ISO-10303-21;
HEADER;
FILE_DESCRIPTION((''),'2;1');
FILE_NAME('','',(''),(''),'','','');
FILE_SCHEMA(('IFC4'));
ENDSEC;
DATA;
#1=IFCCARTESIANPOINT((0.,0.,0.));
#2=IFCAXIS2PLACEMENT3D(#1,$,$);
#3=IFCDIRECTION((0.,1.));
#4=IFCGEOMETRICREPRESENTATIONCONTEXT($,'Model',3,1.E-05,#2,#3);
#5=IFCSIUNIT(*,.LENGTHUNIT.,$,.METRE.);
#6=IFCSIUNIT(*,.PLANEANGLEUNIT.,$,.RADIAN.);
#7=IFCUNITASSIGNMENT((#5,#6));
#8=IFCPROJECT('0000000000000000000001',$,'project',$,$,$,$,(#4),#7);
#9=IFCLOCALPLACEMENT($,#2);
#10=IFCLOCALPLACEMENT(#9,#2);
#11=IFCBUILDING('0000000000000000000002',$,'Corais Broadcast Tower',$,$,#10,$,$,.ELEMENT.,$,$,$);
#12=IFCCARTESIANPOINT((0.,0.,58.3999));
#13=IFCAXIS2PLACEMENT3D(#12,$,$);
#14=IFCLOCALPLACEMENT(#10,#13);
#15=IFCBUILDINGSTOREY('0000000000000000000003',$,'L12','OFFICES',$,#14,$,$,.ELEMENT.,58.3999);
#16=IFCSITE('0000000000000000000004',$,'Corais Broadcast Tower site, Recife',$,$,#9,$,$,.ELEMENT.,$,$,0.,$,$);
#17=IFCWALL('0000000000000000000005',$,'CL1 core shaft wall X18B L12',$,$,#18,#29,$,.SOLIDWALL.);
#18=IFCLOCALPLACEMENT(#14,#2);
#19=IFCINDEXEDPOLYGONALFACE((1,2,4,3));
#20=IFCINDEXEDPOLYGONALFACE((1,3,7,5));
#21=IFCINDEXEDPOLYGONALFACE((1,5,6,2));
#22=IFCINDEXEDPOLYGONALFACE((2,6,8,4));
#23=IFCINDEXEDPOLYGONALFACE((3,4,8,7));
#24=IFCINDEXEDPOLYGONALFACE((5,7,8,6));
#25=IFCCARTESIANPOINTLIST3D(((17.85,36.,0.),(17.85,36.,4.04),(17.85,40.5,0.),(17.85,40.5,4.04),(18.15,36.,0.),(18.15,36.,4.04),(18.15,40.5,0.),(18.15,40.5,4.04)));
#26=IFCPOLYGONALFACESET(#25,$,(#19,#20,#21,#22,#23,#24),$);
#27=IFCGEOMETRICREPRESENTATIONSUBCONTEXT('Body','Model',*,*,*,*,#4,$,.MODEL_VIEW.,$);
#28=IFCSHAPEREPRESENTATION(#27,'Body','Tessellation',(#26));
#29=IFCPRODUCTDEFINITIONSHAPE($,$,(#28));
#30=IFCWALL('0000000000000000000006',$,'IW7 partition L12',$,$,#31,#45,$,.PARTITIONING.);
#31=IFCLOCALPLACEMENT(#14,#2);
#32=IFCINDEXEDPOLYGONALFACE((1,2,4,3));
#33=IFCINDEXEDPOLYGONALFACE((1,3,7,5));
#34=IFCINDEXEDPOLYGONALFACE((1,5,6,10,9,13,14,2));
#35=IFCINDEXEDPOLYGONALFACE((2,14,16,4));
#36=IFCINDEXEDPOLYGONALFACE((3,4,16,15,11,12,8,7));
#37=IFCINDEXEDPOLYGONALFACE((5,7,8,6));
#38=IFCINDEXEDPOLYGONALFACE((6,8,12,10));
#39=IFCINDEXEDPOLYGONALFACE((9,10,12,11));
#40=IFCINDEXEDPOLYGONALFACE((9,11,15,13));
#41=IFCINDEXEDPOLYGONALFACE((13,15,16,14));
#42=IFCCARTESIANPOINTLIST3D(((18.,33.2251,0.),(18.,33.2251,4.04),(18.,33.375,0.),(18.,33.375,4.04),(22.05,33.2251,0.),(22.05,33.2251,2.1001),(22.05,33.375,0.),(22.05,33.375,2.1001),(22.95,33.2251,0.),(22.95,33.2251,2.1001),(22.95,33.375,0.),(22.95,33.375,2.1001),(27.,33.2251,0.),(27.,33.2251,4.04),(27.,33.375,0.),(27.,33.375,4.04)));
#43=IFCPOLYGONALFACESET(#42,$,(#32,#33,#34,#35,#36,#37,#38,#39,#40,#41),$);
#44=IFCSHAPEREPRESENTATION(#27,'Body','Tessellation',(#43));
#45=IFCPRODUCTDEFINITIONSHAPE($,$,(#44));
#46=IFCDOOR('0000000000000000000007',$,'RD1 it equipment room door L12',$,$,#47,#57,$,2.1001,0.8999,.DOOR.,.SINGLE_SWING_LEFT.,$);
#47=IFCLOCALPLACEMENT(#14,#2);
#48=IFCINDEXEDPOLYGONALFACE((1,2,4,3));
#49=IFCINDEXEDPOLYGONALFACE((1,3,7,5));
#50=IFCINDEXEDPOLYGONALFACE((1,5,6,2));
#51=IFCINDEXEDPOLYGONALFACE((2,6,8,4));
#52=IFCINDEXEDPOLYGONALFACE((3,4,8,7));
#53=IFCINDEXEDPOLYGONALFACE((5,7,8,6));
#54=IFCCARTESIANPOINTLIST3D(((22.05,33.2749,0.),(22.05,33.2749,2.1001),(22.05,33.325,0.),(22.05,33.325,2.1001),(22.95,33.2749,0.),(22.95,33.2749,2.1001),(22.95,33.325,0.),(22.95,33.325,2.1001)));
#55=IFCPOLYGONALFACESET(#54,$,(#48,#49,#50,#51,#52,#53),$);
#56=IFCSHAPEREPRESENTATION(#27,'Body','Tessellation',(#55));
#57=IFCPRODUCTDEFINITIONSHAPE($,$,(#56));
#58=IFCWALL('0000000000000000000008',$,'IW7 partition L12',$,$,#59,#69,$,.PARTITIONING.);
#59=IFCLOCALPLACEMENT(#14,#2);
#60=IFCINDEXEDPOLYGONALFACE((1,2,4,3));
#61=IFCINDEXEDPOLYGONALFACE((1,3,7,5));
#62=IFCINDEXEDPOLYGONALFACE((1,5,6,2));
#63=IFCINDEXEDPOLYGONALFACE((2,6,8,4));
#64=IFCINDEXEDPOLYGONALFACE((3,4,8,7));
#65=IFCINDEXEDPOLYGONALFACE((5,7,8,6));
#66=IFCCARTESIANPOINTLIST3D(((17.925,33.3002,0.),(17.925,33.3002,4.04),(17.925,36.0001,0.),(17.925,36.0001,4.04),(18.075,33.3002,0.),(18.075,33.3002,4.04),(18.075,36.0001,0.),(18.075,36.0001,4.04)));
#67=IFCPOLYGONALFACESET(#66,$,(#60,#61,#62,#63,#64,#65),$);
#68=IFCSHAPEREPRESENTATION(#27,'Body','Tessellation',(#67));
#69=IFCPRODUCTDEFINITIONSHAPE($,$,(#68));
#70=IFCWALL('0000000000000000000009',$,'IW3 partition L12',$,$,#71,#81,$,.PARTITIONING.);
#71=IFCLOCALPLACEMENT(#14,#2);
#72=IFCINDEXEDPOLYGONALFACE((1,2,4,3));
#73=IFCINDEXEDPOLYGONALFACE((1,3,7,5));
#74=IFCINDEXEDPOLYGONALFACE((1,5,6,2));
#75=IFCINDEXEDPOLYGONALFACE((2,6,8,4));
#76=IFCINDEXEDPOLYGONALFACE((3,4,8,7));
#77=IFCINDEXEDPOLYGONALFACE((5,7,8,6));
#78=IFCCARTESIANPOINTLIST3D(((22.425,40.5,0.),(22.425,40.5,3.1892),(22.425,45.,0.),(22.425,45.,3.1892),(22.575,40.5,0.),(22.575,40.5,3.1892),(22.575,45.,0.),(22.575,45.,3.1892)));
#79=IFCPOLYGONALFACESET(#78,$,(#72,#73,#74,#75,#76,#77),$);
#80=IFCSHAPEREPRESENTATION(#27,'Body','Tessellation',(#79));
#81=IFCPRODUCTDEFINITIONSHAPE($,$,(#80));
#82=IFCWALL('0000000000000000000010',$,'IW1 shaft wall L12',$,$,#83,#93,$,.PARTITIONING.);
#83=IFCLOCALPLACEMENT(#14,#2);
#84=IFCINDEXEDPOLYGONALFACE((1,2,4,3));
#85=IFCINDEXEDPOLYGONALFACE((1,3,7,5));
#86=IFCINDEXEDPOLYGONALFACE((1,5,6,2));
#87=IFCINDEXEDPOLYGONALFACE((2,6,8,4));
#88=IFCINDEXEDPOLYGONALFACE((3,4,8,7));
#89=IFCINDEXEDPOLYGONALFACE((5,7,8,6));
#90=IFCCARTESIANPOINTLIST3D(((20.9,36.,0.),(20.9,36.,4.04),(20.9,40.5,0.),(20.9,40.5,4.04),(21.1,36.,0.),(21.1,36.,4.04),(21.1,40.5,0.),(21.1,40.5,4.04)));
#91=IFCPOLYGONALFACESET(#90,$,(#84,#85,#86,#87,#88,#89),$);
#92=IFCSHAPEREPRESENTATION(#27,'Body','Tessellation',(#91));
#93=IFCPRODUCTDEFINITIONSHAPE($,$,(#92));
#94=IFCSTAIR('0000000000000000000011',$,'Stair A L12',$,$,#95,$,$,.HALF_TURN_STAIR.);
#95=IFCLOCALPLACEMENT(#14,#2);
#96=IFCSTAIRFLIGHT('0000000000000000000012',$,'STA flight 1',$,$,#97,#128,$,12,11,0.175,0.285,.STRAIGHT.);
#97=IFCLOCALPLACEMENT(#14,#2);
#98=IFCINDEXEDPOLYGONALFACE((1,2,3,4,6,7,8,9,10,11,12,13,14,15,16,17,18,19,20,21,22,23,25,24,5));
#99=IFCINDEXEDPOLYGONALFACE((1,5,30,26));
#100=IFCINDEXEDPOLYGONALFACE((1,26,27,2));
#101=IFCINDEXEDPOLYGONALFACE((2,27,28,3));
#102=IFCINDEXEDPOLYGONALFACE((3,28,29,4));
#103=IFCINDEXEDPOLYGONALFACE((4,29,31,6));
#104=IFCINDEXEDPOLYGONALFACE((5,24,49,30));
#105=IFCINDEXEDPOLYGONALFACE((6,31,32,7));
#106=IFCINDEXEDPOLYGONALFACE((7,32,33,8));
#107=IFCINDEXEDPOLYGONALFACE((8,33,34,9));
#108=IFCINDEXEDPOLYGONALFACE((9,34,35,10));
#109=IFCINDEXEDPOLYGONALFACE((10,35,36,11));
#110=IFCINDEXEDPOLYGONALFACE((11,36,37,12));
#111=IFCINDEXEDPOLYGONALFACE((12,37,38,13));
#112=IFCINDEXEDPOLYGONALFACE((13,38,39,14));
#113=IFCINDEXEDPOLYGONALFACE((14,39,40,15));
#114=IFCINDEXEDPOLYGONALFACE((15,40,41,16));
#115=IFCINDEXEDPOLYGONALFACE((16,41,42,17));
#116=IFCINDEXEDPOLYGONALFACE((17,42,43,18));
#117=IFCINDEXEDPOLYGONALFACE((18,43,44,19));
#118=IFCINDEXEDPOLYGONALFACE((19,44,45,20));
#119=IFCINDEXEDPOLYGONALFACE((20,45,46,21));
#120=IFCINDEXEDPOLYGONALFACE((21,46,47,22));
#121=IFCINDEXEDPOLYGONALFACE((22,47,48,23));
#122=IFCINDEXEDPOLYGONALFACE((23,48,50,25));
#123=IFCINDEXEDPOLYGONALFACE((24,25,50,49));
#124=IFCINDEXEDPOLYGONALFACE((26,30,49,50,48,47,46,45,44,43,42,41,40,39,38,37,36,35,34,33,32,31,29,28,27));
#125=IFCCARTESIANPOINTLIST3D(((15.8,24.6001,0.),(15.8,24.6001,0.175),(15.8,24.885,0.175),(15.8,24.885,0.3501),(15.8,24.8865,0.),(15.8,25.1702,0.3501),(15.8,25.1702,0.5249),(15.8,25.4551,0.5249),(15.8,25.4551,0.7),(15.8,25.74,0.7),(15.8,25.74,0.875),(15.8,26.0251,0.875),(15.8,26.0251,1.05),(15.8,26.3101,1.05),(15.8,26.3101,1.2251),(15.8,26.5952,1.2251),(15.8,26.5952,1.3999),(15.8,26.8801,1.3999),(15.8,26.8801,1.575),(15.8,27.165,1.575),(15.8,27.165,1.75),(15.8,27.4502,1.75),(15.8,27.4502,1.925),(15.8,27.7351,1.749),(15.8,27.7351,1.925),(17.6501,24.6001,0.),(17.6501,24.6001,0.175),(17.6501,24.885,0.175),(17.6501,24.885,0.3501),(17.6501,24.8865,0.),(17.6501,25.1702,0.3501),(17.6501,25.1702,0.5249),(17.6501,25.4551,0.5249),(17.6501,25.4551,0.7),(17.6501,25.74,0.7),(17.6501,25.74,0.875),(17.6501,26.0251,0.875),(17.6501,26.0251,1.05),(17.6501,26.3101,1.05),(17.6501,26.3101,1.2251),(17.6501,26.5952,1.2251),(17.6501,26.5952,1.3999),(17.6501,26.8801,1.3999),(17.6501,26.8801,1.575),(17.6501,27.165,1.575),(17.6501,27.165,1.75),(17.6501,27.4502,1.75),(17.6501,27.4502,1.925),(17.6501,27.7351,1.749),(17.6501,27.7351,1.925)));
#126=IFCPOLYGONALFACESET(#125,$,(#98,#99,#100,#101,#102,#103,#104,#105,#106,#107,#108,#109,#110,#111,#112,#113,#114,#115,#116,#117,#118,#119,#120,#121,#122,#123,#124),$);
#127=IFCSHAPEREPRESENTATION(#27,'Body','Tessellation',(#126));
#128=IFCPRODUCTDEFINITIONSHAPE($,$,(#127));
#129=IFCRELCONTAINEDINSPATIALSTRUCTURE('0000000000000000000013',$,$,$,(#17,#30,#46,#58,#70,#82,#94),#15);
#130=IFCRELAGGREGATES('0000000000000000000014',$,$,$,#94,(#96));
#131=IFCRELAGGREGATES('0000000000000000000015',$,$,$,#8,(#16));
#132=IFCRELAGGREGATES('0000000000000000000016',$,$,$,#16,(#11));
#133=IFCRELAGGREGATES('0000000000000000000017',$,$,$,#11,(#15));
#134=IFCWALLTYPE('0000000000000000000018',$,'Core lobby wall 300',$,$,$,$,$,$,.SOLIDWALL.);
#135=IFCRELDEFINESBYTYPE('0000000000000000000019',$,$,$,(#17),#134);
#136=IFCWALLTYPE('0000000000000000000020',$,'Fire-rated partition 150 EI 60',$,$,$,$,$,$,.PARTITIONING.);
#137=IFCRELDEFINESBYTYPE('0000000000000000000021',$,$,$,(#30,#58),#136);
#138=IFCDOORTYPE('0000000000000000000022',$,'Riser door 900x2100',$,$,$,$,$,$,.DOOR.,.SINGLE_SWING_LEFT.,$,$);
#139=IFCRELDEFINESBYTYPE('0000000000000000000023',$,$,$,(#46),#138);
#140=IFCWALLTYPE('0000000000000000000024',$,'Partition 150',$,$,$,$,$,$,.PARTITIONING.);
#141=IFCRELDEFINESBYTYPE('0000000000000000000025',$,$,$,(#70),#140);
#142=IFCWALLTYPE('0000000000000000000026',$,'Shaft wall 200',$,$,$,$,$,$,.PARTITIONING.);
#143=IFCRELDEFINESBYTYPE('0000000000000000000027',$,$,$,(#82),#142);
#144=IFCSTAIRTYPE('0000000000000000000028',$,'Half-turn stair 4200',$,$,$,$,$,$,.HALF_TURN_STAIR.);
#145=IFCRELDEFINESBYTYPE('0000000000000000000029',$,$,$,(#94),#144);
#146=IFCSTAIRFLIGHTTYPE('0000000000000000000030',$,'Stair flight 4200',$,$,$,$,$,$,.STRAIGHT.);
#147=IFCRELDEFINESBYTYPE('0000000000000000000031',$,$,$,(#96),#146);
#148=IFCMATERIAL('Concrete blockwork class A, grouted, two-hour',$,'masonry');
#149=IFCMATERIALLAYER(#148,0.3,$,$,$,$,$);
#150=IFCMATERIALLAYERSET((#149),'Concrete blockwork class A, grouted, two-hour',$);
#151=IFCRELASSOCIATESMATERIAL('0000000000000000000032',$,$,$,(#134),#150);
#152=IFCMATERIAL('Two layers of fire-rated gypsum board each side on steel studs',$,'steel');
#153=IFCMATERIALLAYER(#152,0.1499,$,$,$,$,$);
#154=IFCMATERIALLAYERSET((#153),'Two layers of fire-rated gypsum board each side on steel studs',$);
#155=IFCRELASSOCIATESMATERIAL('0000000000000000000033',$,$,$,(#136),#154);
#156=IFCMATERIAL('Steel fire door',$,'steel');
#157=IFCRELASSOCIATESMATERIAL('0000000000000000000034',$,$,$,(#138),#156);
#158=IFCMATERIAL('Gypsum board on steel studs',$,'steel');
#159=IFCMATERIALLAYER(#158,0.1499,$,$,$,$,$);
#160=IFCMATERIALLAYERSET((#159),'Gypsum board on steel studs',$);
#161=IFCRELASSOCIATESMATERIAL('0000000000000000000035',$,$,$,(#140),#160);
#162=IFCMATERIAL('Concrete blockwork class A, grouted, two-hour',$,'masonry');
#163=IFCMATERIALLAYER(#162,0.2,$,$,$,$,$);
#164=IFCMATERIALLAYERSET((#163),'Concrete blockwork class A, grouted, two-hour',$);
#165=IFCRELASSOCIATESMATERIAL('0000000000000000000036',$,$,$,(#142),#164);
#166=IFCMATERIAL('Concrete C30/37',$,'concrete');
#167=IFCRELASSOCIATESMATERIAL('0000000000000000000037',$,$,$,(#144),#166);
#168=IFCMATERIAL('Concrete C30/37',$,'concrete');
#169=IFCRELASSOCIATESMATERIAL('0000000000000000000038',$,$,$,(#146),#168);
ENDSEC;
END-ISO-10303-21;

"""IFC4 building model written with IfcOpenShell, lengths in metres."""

from ifc_helpers import new_model, si_unit, direction, frame, frame_2d, origin, place, context, subcontext, project, spatial, polyline, rectangle, outline, extrude, material, layer, layer_set, type_object, element, fill, aggregate, save


model = new_model("IFC4")

# Units and contexts
model_context = context("Model", 3, precision=1e-05, world=origin(), true_north=direction((0.0, 1.0)))
body_context = subcontext(model_context, "Body", "Model", "MODEL_VIEW")
ifc_project = project(units=[si_unit("LENGTHUNIT", "METRE"), si_unit("PLANEANGLEUNIT", "RADIAN")], contexts=[model_context])

# Site, building, storey
site_placement = place(None, origin())
site = spatial("IfcSite", under=ifc_project, at=site_placement, Name="Corais Broadcast Tower site, Recife", CompositionType="ELEMENT", RefElevation=0.0)
building_placement = place(site_placement, origin())
building = spatial("IfcBuilding", under=site, at=building_placement, Name="Corais Broadcast Tower", CompositionType="ELEMENT")
storey_placement = place(building_placement, frame((0.0, 0.0, 58.3999)))
storey = spatial("IfcBuildingStorey", under=building, at=storey_placement, Name="L12", Description="OFFICES", CompositionType="ELEMENT", Elevation=58.3999)

# Wall
ifc_material_1 = material(Name="Concrete blockwork class A, grouted, two-hour", Category="masonry")
ifc_layer_1 = layer(ifc_material_1, 0.3)
ifc_layer_set_1 = layer_set([ifc_layer_1], Name="Concrete blockwork class A, grouted, two-hour")
wall_type_1 = type_object("IfcWallType", Name="Core lobby wall 300", PredefinedType="SOLIDWALL", material=ifc_layer_set_1)
wall_1_placement = place(storey_placement, frame((18.0, 36.0, 0.0), z_axis=(0.0, 0.0, 1.0), x_axis=(0.0, 1.0, 0.0)))
element("IfcWall", 1, at=wall_1_placement, inside=storey, type_object=wall_type_1, Name="CL1 core shaft wall X18B L12", PredefinedType="SOLIDWALL", context=body_context, shape_type="SweptSolid", body=[
    extrude(rectangle(XDim=4.5, YDim=0.3, at=frame_2d((2.25, 0.0))), origin(), (0.0, 0.0, 1.0), 4.04),
])

# Wall, opening, door
ifc_material_2 = material(Name="Two layers of fire-rated gypsum board each side on steel studs", Category="steel")
ifc_layer_2 = layer(ifc_material_2, 0.1499)
ifc_layer_set_2 = layer_set([ifc_layer_2], Name="Two layers of fire-rated gypsum board each side on steel studs")
wall_type_2 = type_object("IfcWallType", Name="Fire-rated partition 150 EI 60", PredefinedType="PARTITIONING", material=ifc_layer_set_2)
wall_2_placement = place(storey_placement, frame((18.0, 33.3, 0.0), z_axis=(0.0, 0.0, 1.0), x_axis=(1.0, 0.0, 0.0)))
wall_2 = element("IfcWall", 2, at=wall_2_placement, inside=storey, type_object=wall_type_2, Name="IW7 partition L12", PredefinedType="PARTITIONING", context=body_context, shape_type="SweptSolid", body=[
    extrude(rectangle(XDim=9.0, YDim=0.1499, at=frame_2d((4.5, 0.0))), origin(), (0.0, 0.0, 1.0), 4.04),
])
opening_placement = place(wall_2_placement, frame((4.05, 0.0, 0.0)))
opening = element("IfcOpeningElement", 3, at=opening_placement, cuts=wall_2, PredefinedType="OPENING", context=body_context, shape_type="SweptSolid", body=[
    extrude(rectangle(XDim=0.8999, YDim=2.1001, at=frame_2d((0.45, 1.05))), frame((0.0, 0.085, 0.0), z_axis=(0.0, -1.0, 0.0), x_axis=(1.0, 0.0, 0.0)), (0.0, 0.0, 1.0), 0.1699),
])
ifc_material_3 = material(Name="Steel fire door", Category="steel")
door_type = type_object("IfcDoorType", Name="Riser door 900x2100", OperationType="SINGLE_SWING_LEFT", PredefinedType="DOOR", material=ifc_material_3)
door_placement = place(opening_placement, origin())
door = element("IfcDoor", 4, at=door_placement, inside=storey, type_object=door_type, Name="RD1 it equipment room door L12", OperationType="SINGLE_SWING_LEFT", OverallHeight=2.1001, OverallWidth=0.8999, PredefinedType="DOOR", context=body_context, shape_type="SweptSolid", body=[
    extrude(rectangle(XDim=0.8999, YDim=2.1001, at=frame_2d((0.45, 1.05))), frame((0.0, 0.0249, 0.0), z_axis=(0.0, -1.0, 0.0), x_axis=(1.0, 0.0, 0.0)), (0.0, 0.0, 1.0), 0.05),
])
fill(opening, door)

# Walls
wall_3_placement = place(storey_placement, frame((18.0, 33.3, 0.0), z_axis=(0.0, 0.0, 1.0), x_axis=(0.0, 1.0, 0.0)))
element("IfcWall", 5, at=wall_3_placement, inside=storey, type_object=wall_type_2, Name="IW7 partition L12", PredefinedType="PARTITIONING", context=body_context, shape_type="SweptSolid", body=[
    extrude(rectangle(XDim=2.7, YDim=0.1499, at=frame_2d((1.3501, 0.0))), origin(), (0.0, 0.0, 1.0), 4.04),
])
ifc_material_4 = material(Name="Gypsum board on steel studs", Category="steel")
ifc_layer_3 = layer(ifc_material_4, 0.1499)
ifc_layer_set_3 = layer_set([ifc_layer_3], Name="Gypsum board on steel studs")
wall_type_3 = type_object("IfcWallType", Name="Partition 150", PredefinedType="PARTITIONING", material=ifc_layer_set_3)
wall_4_placement = place(storey_placement, frame((22.5, 40.5, 0.0), z_axis=(0.0, 0.0, 1.0), x_axis=(0.0, 1.0, 0.0)))
element("IfcWall", 6, at=wall_4_placement, inside=storey, type_object=wall_type_3, Name="IW3 partition L12", PredefinedType="PARTITIONING", context=body_context, shape_type="SweptSolid", body=[
    extrude(rectangle(XDim=4.5, YDim=0.1499, at=frame_2d((2.25, 0.0))), origin(), (0.0, 0.0, 1.0), 3.1892),
])
ifc_material_5 = material(Name="Concrete blockwork class A, grouted, two-hour", Category="masonry")
ifc_layer_4 = layer(ifc_material_5, 0.2)
ifc_layer_set_4 = layer_set([ifc_layer_4], Name="Concrete blockwork class A, grouted, two-hour")
wall_type_4 = type_object("IfcWallType", Name="Shaft wall 200", PredefinedType="PARTITIONING", material=ifc_layer_set_4)
wall_5_placement = place(storey_placement, frame((21.0, 36.0, 0.0), z_axis=(0.0, 0.0, 1.0), x_axis=(0.0, 1.0, 0.0)))
element("IfcWall", 7, at=wall_5_placement, inside=storey, type_object=wall_type_4, Name="IW1 shaft wall L12", PredefinedType="PARTITIONING", context=body_context, shape_type="SweptSolid", body=[
    extrude(rectangle(XDim=4.5, YDim=0.2, at=frame_2d((2.25, 0.0))), origin(), (0.0, 0.0, 1.0), 4.04),
])

# Stair, stair flight
ifc_material_6 = material(Name="Concrete C30/37", Category="concrete")
stair_type = type_object("IfcStairType", Name="Half-turn stair 4200", PredefinedType="HALF_TURN_STAIR", material=ifc_material_6)
stair_placement = place(storey_placement, origin())
stair = element("IfcStair", 8, at=stair_placement, inside=storey, type_object=stair_type, Name="Stair A L12", PredefinedType="HALF_TURN_STAIR")
ifc_material_7 = material(Name="Concrete C30/37", Category="concrete")
stair_flight_type = type_object("IfcStairFlightType", Name="Stair flight 4200", PredefinedType="STRAIGHT", material=ifc_material_7)
stair_flight_placement = place(storey_placement, frame((16.7251, 24.6001, 0.0), z_axis=(0.0, 0.0, 1.0), x_axis=(0.0, 1.0, 0.0)))
stair_flight = element("IfcStairFlight", 9, at=stair_flight_placement, type_object=stair_flight_type, Name="STA flight 1", NumberOfRisers=12, NumberOfTreads=11, PredefinedType="STRAIGHT", RiserHeight=0.175, TreadLength=0.285, context=body_context, shape_type="SweptSolid", body=[
    extrude(outline(polyline([(0.0, 0.0), (0.0, 0.175), (0.2849, 0.175), (0.2849, 0.3501), (0.5701, 0.3501), (0.5701, 0.5249), (0.855, 0.5249), (0.855, 0.7), (1.1399, 0.7), (1.1399, 0.875), (1.425, 0.875), (1.425, 1.05), (1.71, 1.05), (1.71, 1.2251), (1.9951, 1.2251), (1.9951, 1.3999), (2.28, 1.3999), (2.28, 1.575), (2.5649, 1.575), (2.5649, 1.75), (2.8501, 1.75), (2.8501, 1.925), (3.135, 1.925), (3.135, 2.1001), (3.135, 1.749), (0.2864, 0.0), (0.0, 0.0)])), frame((0.0, 0.925, 0.0), z_axis=(0.0, -1.0, 0.0), x_axis=(1.0, 0.0, 0.0)), (0.0, 0.0, 1.0), 1.8501),
])
aggregate(stair, [stair_flight])

save(model, "model.ifc")
